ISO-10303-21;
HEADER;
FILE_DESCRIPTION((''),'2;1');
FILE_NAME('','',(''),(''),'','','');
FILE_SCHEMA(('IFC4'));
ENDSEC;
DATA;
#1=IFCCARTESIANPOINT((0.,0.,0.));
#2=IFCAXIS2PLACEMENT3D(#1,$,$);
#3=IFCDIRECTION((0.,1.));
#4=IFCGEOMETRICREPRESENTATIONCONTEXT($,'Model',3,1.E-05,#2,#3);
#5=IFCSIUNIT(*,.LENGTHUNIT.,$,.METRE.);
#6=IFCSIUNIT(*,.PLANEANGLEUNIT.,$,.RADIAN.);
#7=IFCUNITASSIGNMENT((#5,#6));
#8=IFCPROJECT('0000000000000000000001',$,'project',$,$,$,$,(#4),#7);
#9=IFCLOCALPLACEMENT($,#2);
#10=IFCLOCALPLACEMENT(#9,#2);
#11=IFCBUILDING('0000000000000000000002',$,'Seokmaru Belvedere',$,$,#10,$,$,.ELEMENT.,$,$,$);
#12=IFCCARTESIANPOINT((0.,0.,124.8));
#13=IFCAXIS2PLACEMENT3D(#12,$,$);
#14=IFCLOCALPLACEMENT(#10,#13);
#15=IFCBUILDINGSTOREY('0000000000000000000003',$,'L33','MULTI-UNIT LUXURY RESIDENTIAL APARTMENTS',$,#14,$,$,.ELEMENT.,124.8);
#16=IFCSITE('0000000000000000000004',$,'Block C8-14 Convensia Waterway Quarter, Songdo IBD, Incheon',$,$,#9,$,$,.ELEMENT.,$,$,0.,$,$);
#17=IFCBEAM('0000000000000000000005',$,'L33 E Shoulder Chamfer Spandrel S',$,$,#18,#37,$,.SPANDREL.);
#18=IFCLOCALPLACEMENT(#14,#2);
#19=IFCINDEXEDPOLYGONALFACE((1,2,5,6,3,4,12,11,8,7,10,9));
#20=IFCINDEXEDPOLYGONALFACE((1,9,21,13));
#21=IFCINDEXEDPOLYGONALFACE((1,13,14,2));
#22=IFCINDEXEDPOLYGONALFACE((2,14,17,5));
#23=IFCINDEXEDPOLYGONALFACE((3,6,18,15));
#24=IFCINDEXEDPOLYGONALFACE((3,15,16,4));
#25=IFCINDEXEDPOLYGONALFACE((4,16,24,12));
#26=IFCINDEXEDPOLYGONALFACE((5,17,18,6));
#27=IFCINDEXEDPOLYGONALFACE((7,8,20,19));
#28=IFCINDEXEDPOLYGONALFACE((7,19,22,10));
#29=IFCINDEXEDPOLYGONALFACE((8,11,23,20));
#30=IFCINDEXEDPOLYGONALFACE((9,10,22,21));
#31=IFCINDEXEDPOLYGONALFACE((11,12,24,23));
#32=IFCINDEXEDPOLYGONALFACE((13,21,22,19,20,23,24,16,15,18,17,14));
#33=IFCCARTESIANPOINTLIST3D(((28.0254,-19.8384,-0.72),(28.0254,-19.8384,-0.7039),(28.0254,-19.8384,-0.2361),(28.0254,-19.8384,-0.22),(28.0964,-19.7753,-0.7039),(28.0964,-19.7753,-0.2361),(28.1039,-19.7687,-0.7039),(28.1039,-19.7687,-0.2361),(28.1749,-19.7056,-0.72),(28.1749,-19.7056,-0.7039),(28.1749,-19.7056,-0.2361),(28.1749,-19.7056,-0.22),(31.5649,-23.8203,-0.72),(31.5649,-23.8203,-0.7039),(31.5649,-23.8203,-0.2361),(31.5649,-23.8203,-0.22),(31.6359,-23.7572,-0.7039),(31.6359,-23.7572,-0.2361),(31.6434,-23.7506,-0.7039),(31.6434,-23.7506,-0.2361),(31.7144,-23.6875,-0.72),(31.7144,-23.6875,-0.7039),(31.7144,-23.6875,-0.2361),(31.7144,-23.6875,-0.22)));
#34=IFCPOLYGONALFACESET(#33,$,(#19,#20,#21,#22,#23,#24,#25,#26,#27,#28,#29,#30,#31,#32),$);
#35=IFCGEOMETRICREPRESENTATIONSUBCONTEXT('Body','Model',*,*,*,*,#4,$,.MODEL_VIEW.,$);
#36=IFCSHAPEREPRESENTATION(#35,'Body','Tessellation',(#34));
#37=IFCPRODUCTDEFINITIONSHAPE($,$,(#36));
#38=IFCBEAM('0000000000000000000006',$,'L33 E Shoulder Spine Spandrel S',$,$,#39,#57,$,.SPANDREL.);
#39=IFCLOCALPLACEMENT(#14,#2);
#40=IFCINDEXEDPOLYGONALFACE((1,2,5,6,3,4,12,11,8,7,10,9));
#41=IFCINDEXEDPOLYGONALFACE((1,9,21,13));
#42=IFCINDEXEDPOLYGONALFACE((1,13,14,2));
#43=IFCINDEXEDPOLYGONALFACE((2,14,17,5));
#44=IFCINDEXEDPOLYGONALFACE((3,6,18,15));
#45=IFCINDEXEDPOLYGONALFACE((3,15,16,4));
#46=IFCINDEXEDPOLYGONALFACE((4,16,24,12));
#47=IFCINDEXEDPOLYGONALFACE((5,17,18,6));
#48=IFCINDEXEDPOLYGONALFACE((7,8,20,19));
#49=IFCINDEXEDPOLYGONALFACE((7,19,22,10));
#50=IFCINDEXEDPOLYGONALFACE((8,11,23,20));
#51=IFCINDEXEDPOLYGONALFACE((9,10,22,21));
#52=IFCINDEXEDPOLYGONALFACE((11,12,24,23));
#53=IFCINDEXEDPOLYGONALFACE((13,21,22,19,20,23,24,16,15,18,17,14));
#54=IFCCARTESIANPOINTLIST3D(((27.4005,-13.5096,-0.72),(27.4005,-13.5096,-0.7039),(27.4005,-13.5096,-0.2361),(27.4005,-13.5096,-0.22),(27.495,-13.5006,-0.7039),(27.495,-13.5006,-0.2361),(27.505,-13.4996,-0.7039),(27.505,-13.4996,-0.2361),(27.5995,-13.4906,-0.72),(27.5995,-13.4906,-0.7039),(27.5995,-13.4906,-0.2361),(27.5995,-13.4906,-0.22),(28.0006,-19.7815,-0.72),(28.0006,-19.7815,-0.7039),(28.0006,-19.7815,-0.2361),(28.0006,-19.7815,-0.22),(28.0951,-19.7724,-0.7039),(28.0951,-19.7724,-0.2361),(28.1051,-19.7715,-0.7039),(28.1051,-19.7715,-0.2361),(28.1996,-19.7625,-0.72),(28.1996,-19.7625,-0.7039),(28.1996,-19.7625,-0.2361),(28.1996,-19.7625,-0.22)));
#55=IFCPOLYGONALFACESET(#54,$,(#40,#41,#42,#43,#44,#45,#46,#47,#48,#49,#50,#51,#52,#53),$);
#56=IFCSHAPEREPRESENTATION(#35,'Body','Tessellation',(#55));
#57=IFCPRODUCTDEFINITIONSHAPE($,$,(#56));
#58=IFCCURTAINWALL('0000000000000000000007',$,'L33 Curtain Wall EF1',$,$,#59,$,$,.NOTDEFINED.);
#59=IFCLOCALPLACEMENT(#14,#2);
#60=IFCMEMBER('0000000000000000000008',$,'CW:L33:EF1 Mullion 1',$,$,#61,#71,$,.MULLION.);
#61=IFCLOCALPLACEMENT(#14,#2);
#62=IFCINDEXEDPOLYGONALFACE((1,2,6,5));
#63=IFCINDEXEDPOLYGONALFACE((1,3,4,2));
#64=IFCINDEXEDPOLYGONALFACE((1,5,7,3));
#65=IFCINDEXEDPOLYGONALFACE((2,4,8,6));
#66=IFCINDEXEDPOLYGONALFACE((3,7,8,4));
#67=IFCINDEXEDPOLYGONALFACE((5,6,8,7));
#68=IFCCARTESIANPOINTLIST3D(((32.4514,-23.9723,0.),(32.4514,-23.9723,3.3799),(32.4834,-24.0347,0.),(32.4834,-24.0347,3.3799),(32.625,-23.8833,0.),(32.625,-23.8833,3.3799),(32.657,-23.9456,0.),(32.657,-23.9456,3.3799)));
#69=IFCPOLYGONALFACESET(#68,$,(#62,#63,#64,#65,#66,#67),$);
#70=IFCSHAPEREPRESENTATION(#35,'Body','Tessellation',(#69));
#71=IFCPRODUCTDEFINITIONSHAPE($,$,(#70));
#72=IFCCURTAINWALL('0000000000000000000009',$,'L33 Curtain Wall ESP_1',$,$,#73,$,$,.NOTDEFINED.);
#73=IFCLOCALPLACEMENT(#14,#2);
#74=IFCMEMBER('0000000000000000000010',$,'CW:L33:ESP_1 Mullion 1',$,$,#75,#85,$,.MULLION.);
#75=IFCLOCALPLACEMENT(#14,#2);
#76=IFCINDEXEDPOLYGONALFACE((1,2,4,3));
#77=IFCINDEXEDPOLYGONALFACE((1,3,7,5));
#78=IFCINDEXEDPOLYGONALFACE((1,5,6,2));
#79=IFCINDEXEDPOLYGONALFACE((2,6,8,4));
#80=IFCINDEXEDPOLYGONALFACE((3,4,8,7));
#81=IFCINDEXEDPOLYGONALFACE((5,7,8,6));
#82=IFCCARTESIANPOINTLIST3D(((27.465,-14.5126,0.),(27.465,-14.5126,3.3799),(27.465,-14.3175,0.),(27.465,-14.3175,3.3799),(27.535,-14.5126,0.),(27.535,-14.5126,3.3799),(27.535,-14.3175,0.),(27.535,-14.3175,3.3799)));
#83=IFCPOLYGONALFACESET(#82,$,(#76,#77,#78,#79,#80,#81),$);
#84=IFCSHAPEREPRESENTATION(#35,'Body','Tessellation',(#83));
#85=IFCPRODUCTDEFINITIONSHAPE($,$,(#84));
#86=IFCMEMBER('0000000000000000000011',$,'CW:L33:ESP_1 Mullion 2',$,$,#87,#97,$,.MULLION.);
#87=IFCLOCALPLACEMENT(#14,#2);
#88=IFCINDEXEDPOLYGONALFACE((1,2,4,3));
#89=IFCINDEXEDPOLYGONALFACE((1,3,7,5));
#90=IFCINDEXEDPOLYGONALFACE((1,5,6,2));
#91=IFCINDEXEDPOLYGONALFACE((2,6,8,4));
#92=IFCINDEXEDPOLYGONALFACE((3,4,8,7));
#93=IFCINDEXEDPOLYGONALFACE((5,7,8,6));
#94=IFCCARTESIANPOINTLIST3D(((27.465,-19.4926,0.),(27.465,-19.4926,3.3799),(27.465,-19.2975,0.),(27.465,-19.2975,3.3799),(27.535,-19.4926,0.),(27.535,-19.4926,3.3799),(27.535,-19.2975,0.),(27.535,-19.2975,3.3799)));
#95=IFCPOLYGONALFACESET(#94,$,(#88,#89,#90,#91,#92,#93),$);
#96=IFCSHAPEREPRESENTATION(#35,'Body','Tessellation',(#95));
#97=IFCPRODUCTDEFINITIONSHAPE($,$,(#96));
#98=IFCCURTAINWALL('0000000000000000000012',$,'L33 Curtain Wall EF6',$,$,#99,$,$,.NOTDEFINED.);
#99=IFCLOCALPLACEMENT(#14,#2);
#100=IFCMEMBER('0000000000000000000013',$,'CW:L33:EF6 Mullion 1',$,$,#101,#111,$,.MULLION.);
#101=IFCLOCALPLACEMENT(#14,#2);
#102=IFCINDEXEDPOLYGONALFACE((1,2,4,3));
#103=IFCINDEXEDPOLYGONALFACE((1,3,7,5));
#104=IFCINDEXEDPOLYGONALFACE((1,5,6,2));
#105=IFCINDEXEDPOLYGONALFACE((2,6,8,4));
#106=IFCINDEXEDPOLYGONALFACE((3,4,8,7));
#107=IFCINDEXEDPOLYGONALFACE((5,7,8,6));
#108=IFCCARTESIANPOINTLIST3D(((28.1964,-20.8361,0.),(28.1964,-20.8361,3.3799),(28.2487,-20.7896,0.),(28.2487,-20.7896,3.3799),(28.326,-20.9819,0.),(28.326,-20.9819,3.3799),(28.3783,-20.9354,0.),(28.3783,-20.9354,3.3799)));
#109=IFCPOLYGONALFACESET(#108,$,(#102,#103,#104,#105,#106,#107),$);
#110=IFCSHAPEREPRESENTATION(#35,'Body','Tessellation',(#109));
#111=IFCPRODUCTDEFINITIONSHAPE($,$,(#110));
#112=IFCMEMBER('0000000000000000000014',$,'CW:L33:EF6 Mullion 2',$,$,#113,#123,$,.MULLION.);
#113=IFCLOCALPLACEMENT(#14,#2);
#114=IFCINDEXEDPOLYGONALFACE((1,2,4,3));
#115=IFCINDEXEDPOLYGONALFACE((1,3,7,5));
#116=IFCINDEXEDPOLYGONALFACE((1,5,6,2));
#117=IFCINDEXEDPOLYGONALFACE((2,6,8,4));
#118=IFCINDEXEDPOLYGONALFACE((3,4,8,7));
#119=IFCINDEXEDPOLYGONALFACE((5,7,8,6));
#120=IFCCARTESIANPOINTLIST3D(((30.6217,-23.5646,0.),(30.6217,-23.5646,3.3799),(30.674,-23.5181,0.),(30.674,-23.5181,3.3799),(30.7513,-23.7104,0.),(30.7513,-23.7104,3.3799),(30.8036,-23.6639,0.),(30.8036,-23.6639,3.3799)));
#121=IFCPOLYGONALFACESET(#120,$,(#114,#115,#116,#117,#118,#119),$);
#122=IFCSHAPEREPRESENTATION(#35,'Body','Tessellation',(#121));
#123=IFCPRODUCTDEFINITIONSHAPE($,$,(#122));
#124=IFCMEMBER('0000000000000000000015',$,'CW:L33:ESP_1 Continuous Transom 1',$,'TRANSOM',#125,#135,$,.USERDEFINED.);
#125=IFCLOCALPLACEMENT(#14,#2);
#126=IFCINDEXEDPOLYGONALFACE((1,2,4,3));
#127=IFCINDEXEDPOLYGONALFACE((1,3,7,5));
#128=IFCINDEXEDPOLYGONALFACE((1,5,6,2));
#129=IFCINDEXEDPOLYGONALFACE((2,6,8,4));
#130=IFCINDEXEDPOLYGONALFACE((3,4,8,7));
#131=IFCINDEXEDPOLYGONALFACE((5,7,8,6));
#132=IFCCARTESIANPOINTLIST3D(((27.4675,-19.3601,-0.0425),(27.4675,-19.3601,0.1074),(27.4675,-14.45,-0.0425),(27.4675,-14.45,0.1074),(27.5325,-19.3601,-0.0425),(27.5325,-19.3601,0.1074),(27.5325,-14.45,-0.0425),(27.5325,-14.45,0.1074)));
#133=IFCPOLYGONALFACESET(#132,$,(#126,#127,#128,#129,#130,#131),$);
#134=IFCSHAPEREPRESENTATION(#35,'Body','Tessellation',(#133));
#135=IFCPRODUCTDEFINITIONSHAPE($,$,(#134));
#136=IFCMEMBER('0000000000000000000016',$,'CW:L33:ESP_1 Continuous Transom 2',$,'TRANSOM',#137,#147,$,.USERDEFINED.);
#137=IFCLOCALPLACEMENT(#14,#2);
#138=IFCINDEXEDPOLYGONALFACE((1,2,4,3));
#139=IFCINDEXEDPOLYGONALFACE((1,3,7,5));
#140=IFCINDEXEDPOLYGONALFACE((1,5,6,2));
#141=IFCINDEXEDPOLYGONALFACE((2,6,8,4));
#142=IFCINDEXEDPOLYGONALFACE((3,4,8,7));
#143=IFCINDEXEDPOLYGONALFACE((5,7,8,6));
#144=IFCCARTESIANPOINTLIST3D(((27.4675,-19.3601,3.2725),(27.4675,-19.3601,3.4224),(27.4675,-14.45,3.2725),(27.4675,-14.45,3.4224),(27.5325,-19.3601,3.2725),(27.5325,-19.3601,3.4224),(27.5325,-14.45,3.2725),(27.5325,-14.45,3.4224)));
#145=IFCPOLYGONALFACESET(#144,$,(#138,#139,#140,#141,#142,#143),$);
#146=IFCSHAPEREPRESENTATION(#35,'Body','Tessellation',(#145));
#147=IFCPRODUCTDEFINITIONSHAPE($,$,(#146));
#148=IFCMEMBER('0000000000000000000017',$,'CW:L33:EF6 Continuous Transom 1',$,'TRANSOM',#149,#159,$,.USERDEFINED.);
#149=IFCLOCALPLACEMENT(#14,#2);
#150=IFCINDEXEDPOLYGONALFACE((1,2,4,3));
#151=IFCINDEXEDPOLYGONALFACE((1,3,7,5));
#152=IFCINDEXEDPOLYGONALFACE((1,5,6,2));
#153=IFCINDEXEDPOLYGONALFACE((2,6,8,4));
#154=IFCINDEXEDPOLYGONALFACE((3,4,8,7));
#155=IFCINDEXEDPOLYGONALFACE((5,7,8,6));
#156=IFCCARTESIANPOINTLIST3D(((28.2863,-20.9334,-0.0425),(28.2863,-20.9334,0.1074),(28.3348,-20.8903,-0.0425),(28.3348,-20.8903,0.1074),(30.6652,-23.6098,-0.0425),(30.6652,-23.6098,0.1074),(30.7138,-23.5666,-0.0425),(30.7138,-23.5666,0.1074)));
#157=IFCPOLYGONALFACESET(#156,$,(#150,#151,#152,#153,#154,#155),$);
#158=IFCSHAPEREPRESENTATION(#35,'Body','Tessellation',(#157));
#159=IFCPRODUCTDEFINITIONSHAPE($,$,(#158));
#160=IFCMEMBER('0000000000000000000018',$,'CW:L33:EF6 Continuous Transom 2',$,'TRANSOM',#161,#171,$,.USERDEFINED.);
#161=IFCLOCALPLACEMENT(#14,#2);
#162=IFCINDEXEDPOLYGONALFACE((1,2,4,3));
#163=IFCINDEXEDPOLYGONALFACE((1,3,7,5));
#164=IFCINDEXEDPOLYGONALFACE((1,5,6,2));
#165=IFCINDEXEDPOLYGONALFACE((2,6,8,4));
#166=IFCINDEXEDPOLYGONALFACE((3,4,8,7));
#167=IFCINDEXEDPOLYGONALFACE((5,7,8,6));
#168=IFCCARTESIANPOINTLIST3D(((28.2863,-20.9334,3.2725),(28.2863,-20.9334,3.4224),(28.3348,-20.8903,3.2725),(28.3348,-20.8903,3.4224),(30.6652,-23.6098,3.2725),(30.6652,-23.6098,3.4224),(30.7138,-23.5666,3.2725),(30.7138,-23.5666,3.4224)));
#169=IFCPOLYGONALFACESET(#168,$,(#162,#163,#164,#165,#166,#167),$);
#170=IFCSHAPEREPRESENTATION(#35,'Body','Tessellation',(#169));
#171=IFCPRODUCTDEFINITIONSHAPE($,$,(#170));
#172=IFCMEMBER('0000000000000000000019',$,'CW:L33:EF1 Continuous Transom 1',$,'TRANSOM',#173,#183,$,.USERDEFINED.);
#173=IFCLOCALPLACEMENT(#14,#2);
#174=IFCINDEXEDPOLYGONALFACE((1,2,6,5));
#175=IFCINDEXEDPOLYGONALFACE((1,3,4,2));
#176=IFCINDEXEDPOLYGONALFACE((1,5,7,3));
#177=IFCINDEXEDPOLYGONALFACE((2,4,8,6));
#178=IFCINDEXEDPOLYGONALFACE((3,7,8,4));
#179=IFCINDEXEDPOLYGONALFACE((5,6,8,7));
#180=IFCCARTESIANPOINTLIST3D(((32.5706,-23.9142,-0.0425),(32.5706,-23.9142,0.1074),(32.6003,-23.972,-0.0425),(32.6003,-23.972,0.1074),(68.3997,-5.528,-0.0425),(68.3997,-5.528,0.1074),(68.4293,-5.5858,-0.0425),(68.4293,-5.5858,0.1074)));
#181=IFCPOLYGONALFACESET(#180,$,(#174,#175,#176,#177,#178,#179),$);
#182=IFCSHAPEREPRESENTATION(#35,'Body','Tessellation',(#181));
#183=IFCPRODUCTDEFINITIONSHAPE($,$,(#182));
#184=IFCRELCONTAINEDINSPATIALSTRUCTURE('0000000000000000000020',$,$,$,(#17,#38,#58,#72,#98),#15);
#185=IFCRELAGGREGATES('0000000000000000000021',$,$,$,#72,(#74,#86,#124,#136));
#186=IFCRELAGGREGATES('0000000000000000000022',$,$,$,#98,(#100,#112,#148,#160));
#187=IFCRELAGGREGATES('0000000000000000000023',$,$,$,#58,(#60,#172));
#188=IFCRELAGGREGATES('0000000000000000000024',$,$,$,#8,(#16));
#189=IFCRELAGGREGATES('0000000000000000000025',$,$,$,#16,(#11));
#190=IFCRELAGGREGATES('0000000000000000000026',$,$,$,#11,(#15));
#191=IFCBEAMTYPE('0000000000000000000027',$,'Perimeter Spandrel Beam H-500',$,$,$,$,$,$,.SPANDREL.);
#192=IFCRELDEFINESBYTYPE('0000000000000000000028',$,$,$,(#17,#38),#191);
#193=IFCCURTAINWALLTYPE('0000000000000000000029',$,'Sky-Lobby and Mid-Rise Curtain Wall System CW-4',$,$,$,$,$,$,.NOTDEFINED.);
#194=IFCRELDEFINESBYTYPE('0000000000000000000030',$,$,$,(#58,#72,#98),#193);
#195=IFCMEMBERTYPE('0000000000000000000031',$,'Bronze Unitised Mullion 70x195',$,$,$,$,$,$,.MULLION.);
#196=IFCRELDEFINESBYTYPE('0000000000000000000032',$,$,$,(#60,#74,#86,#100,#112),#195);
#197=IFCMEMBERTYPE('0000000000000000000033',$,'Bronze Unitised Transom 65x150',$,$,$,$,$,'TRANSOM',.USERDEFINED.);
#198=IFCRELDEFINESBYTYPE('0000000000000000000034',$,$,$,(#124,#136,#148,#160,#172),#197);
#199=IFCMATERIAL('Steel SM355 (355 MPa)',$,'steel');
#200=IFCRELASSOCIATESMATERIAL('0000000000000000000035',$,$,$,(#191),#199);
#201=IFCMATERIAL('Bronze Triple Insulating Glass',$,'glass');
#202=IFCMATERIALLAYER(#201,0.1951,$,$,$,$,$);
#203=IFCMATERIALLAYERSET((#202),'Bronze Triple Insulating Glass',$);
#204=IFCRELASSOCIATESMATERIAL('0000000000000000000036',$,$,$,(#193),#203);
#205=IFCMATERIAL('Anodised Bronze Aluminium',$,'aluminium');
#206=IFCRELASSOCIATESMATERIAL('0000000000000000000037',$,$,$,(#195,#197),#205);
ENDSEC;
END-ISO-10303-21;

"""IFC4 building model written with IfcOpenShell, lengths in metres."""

from ifc_helpers import new_model, si_unit, direction, frame, origin, origin_2d, place, context, subcontext, project, spatial, rectangle, i_section, extrude, source, transform, mapped, material, layer, layer_set, material_profile, profile_set, type_object, type_shapes, element, aggregate, save


model = new_model("IFC4")

# Units and contexts
model_context = context("Model", 3, precision=1e-05, world=origin(), true_north=direction((0.0, 1.0)))
body_context = subcontext(model_context, "Body", "Model", "MODEL_VIEW")
ifc_project = project(units=[si_unit("LENGTHUNIT", "METRE"), si_unit("PLANEANGLEUNIT", "RADIAN")], contexts=[model_context])

# Site, building, storey
site_placement = place(None, origin())
site = spatial("IfcSite", under=ifc_project, at=site_placement, Name="Block C8-14 Convensia Waterway Quarter, Songdo IBD, Incheon", CompositionType="ELEMENT", RefElevation=0.0)
building_placement = place(site_placement, origin())
building = spatial("IfcBuilding", under=site, at=building_placement, Name="Seokmaru Belvedere", CompositionType="ELEMENT")
storey_placement = place(building_placement, frame((0.0, 0.0, 124.8)))
storey = spatial("IfcBuildingStorey", under=building, at=storey_placement, Name="L33", Description="MULTI-UNIT LUXURY RESIDENTIAL APARTMENTS", CompositionType="ELEMENT", Elevation=124.8)

# Shared definitions
ifc_material_1 = material(Name="Steel SM355 (355 MPa)", Category="steel")

# Beams
ifc_material_profile_1 = material_profile(ifc_material_1, i_section(OverallWidth=0.2, OverallDepth=0.5, WebThickness=0.01, FlangeThickness=0.0161, at=origin_2d()), Name="H-500x200x10x16")
ifc_profile_set_1 = profile_set([ifc_material_profile_1], Name="Steel SM355 (355 MPa)")
beam_type_1 = type_object("IfcBeamType", Name="Perimeter Spandrel Beam H-500", PredefinedType="SPANDREL", material=ifc_profile_set_1)
shared_shape_1 = source(origin(), body_context, "Body", "SweptSolid", [
    extrude(i_section(OverallWidth=0.2, OverallDepth=0.5, WebThickness=0.01, FlangeThickness=0.0161, at=origin_2d()), origin(), (0.0, 0.0, 1.0), 5.3276),
])
beam_1_placement = place(storey_placement, frame((31.6396, -23.7539, -0.47), z_axis=(-0.66437, 0.747404, 0.0), x_axis=(-0.747404, -0.66437, 0.0)))
element("IfcBeam", 1, at=beam_1_placement, inside=storey, type_object=beam_type_1, Name="L33 E Shoulder Chamfer Spandrel S", PredefinedType="SPANDREL", context=body_context, shape_type="MappedRepresentation", body=[
    mapped(shared_shape_1, transform((0.0, 0.0, 0.0), scale=1.0)),
])
shared_shape_2 = source(origin(), body_context, "Body", "SweptSolid", [
    extrude(i_section(OverallWidth=0.2, OverallDepth=0.5, WebThickness=0.01, FlangeThickness=0.0161, at=origin_2d()), origin(), (0.0, 0.0, 1.0), 6.3005),
])
beam_2_placement = place(storey_placement, frame((28.1001, -19.772, -0.47), z_axis=(-0.095244, 0.995454, 0.0), x_axis=(-0.995454, -0.095244, 0.0)))
element("IfcBeam", 2, at=beam_2_placement, inside=storey, type_object=beam_type_1, Name="L33 E Shoulder Spine Spandrel S", PredefinedType="SPANDREL", context=body_context, shape_type="MappedRepresentation", body=[
    mapped(shared_shape_2, transform((0.0, 0.0, 0.0), scale=1.0)),
])

# Curtain wall, member
ifc_material_2 = material(Name="Bronze Triple Insulating Glass", Category="glass")
ifc_layer_1 = layer(ifc_material_2, 0.1951)
ifc_layer_set_1 = layer_set([ifc_layer_1], Name="Bronze Triple Insulating Glass")
curtain_wall_type = type_object("IfcCurtainWallType", Name="Sky-Lobby and Mid-Rise Curtain Wall System CW-4", PredefinedType="NOTDEFINED", material=ifc_layer_set_1)
curtain_wall_1_placement = place(storey_placement, origin())
curtain_wall_1 = element("IfcCurtainWall", 3, at=curtain_wall_1_placement, inside=storey, type_object=curtain_wall_type, Name="L33 Curtain Wall EF1", PredefinedType="NOTDEFINED")
ifc_material_3 = material(Name="Anodised Bronze Aluminium", Category="aluminium")
ifc_material_profile_2 = material_profile(ifc_material_3, rectangle(XDim=0.0701, YDim=0.1951, at=origin_2d()), Name="CW-M-70x195")
ifc_profile_set_2 = profile_set([ifc_material_profile_2], Name="Anodised Bronze Aluminium")
member_type_1 = type_object("IfcMemberType", Name="Bronze Unitised Mullion 70x195", PredefinedType="MULLION", material=ifc_profile_set_2)
shared_shape_3 = source(origin(), body_context, "Body", "SweptSolid", [
    extrude(rectangle(XDim=0.0701, YDim=0.1951, at=origin_2d()), origin(), (0.0, 0.0, 1.0), 3.3799),
])
type_shapes(member_type_1, [shared_shape_3])
member_1_placement = place(storey_placement, frame((32.5542, -23.959, 0.0), z_axis=(0.0, 0.0, 1.0), x_axis=(-0.456555, 0.889695, 0.0)))
member_1 = element("IfcMember", 4, at=member_1_placement, type_object=member_type_1, Name="CW:L33:EF1 Mullion 1", PredefinedType="MULLION", context=body_context, shape_type="MappedRepresentation", body=[
    mapped(shared_shape_3, transform((0.0, 0.0, 0.0), scale=1.0)),
])

# Curtain walls, members
curtain_wall_2_placement = place(storey_placement, origin())
curtain_wall_2 = element("IfcCurtainWall", 5, at=curtain_wall_2_placement, inside=storey, type_object=curtain_wall_type, Name="L33 Curtain Wall ESP_1", PredefinedType="NOTDEFINED")
member_2_placement = place(storey_placement, frame((27.5, -14.415, 0.0), z_axis=(0.0, 0.0, 1.0), x_axis=(1.0, 0.0, 0.0)))
member_2 = element("IfcMember", 6, at=member_2_placement, type_object=member_type_1, Name="CW:L33:ESP_1 Mullion 1", PredefinedType="MULLION", context=body_context, shape_type="MappedRepresentation", body=[
    mapped(shared_shape_3, transform((0.0, 0.0, 0.0), scale=1.0)),
])
member_3_placement = place(storey_placement, frame((27.5, -19.395, 0.0), z_axis=(0.0, 0.0, 1.0), x_axis=(1.0, 0.0, 0.0)))
member_3 = element("IfcMember", 7, at=member_3_placement, type_object=member_type_1, Name="CW:L33:ESP_1 Mullion 2", PredefinedType="MULLION", context=body_context, shape_type="MappedRepresentation", body=[
    mapped(shared_shape_3, transform((0.0, 0.0, 0.0), scale=1.0)),
])
curtain_wall_3_placement = place(storey_placement, origin())
curtain_wall_3 = element("IfcCurtainWall", 8, at=curtain_wall_3_placement, inside=storey, type_object=curtain_wall_type, Name="L33 Curtain Wall EF6", PredefinedType="NOTDEFINED")
member_4_placement = place(storey_placement, frame((28.2874, -20.8857, 0.0), z_axis=(0.0, 0.0, 1.0), x_axis=(0.74741, 0.664363, 0.0)))
member_4 = element("IfcMember", 9, at=member_4_placement, type_object=member_type_1, Name="CW:L33:EF6 Mullion 1", PredefinedType="MULLION", context=body_context, shape_type="MappedRepresentation", body=[
    mapped(shared_shape_3, transform((0.0, 0.0, 0.0), scale=1.0)),
])
member_5_placement = place(storey_placement, frame((30.7126, -23.6143, 0.0), z_axis=(0.0, 0.0, 1.0), x_axis=(0.74741, 0.664363, 0.0)))
member_5 = element("IfcMember", 10, at=member_5_placement, type_object=member_type_1, Name="CW:L33:EF6 Mullion 2", PredefinedType="MULLION", context=body_context, shape_type="MappedRepresentation", body=[
    mapped(shared_shape_3, transform((0.0, 0.0, 0.0), scale=1.0)),
])

# Members
ifc_material_profile_3 = material_profile(ifc_material_3, rectangle(XDim=0.0649, YDim=0.1499, at=origin_2d()), Name="CW-T-65x150")
ifc_profile_set_3 = profile_set([ifc_material_profile_3], Name="Anodised Bronze Aluminium")
member_type_2 = type_object("IfcMemberType", Name="Bronze Unitised Transom 65x150", ElementType="TRANSOM", PredefinedType="USERDEFINED", material=ifc_profile_set_3)
shared_shape_4 = source(origin(), body_context, "Body", "SweptSolid", [
    extrude(rectangle(XDim=0.0649, YDim=0.1499, at=origin_2d()), origin(), (0.0, 0.0, 1.0), 4.9102),
])
member_6_placement = place(storey_placement, frame((27.5, -14.45, 0.0325), z_axis=(0.0, -1.0, 0.0), x_axis=(1.0, 0.0, 0.0)))
member_6 = element("IfcMember", 11, at=member_6_placement, type_object=member_type_2, Name="CW:L33:ESP_1 Continuous Transom 1", ObjectType="TRANSOM", PredefinedType="USERDEFINED", context=body_context, shape_type="MappedRepresentation", body=[
    mapped(shared_shape_4, transform((0.0, 0.0, 0.0), scale=1.0)),
])
member_7_placement = place(storey_placement, frame((27.5, -14.45, 3.3474), z_axis=(0.0, -1.0, 0.0), x_axis=(1.0, 0.0, 0.0)))
member_7 = element("IfcMember", 12, at=member_7_placement, type_object=member_type_2, Name="CW:L33:ESP_1 Continuous Transom 2", ObjectType="TRANSOM", PredefinedType="USERDEFINED", context=body_context, shape_type="MappedRepresentation", body=[
    mapped(shared_shape_4, transform((0.0, 0.0, 0.0), scale=1.0)),
])
shared_shape_5 = source(origin(), body_context, "Body", "SweptSolid", [
    extrude(rectangle(XDim=0.0649, YDim=0.1499, at=origin_2d()), origin(), (0.0, 0.0, 1.0), 3.5808),
])
member_8_placement = place(storey_placement, frame((28.3105, -20.9119, 0.0325), z_axis=(0.664364, -0.747409, 0.0), x_axis=(0.747409, 0.664364, 0.0)))
member_8 = element("IfcMember", 13, at=member_8_placement, type_object=member_type_2, Name="CW:L33:EF6 Continuous Transom 1", ObjectType="TRANSOM", PredefinedType="USERDEFINED", context=body_context, shape_type="MappedRepresentation", body=[
    mapped(shared_shape_5, transform((0.0, 0.0, 0.0), scale=1.0)),
])
member_9_placement = place(storey_placement, frame((28.3105, -20.9119, 3.3474), z_axis=(0.664364, -0.747409, 0.0), x_axis=(0.747409, 0.664364, 0.0)))
member_9 = element("IfcMember", 14, at=member_9_placement, type_object=member_type_2, Name="CW:L33:EF6 Continuous Transom 2", ObjectType="TRANSOM", PredefinedType="USERDEFINED", context=body_context, shape_type="MappedRepresentation", body=[
    mapped(shared_shape_5, transform((0.0, 0.0, 0.0), scale=1.0)),
])
shared_shape_6 = source(origin(), body_context, "Body", "SweptSolid", [
    extrude(rectangle(XDim=0.0649, YDim=0.1499, at=origin_2d()), origin(), (0.0, 0.0, 1.0), 40.2712),
])
type_shapes(member_type_2, [shared_shape_4, shared_shape_5, shared_shape_6])
member_10_placement = place(storey_placement, frame((32.5854, -23.9431, 0.0325), z_axis=(0.889693, 0.456559, 0.0), x_axis=(-0.456559, 0.889693, 0.0)))
member_10 = element("IfcMember", 15, at=member_10_placement, type_object=member_type_2, Name="CW:L33:EF1 Continuous Transom 1", ObjectType="TRANSOM", PredefinedType="USERDEFINED", context=body_context, shape_type="MappedRepresentation", body=[
    mapped(shared_shape_6, transform((0.0, 0.0, 0.0), scale=1.0)),
])

aggregate(curtain_wall_2, [member_2, member_3, member_6, member_7])
aggregate(curtain_wall_3, [member_4, member_5, member_8, member_9])
aggregate(curtain_wall_1, [member_1, member_10])

save(model, "model.ifc")
